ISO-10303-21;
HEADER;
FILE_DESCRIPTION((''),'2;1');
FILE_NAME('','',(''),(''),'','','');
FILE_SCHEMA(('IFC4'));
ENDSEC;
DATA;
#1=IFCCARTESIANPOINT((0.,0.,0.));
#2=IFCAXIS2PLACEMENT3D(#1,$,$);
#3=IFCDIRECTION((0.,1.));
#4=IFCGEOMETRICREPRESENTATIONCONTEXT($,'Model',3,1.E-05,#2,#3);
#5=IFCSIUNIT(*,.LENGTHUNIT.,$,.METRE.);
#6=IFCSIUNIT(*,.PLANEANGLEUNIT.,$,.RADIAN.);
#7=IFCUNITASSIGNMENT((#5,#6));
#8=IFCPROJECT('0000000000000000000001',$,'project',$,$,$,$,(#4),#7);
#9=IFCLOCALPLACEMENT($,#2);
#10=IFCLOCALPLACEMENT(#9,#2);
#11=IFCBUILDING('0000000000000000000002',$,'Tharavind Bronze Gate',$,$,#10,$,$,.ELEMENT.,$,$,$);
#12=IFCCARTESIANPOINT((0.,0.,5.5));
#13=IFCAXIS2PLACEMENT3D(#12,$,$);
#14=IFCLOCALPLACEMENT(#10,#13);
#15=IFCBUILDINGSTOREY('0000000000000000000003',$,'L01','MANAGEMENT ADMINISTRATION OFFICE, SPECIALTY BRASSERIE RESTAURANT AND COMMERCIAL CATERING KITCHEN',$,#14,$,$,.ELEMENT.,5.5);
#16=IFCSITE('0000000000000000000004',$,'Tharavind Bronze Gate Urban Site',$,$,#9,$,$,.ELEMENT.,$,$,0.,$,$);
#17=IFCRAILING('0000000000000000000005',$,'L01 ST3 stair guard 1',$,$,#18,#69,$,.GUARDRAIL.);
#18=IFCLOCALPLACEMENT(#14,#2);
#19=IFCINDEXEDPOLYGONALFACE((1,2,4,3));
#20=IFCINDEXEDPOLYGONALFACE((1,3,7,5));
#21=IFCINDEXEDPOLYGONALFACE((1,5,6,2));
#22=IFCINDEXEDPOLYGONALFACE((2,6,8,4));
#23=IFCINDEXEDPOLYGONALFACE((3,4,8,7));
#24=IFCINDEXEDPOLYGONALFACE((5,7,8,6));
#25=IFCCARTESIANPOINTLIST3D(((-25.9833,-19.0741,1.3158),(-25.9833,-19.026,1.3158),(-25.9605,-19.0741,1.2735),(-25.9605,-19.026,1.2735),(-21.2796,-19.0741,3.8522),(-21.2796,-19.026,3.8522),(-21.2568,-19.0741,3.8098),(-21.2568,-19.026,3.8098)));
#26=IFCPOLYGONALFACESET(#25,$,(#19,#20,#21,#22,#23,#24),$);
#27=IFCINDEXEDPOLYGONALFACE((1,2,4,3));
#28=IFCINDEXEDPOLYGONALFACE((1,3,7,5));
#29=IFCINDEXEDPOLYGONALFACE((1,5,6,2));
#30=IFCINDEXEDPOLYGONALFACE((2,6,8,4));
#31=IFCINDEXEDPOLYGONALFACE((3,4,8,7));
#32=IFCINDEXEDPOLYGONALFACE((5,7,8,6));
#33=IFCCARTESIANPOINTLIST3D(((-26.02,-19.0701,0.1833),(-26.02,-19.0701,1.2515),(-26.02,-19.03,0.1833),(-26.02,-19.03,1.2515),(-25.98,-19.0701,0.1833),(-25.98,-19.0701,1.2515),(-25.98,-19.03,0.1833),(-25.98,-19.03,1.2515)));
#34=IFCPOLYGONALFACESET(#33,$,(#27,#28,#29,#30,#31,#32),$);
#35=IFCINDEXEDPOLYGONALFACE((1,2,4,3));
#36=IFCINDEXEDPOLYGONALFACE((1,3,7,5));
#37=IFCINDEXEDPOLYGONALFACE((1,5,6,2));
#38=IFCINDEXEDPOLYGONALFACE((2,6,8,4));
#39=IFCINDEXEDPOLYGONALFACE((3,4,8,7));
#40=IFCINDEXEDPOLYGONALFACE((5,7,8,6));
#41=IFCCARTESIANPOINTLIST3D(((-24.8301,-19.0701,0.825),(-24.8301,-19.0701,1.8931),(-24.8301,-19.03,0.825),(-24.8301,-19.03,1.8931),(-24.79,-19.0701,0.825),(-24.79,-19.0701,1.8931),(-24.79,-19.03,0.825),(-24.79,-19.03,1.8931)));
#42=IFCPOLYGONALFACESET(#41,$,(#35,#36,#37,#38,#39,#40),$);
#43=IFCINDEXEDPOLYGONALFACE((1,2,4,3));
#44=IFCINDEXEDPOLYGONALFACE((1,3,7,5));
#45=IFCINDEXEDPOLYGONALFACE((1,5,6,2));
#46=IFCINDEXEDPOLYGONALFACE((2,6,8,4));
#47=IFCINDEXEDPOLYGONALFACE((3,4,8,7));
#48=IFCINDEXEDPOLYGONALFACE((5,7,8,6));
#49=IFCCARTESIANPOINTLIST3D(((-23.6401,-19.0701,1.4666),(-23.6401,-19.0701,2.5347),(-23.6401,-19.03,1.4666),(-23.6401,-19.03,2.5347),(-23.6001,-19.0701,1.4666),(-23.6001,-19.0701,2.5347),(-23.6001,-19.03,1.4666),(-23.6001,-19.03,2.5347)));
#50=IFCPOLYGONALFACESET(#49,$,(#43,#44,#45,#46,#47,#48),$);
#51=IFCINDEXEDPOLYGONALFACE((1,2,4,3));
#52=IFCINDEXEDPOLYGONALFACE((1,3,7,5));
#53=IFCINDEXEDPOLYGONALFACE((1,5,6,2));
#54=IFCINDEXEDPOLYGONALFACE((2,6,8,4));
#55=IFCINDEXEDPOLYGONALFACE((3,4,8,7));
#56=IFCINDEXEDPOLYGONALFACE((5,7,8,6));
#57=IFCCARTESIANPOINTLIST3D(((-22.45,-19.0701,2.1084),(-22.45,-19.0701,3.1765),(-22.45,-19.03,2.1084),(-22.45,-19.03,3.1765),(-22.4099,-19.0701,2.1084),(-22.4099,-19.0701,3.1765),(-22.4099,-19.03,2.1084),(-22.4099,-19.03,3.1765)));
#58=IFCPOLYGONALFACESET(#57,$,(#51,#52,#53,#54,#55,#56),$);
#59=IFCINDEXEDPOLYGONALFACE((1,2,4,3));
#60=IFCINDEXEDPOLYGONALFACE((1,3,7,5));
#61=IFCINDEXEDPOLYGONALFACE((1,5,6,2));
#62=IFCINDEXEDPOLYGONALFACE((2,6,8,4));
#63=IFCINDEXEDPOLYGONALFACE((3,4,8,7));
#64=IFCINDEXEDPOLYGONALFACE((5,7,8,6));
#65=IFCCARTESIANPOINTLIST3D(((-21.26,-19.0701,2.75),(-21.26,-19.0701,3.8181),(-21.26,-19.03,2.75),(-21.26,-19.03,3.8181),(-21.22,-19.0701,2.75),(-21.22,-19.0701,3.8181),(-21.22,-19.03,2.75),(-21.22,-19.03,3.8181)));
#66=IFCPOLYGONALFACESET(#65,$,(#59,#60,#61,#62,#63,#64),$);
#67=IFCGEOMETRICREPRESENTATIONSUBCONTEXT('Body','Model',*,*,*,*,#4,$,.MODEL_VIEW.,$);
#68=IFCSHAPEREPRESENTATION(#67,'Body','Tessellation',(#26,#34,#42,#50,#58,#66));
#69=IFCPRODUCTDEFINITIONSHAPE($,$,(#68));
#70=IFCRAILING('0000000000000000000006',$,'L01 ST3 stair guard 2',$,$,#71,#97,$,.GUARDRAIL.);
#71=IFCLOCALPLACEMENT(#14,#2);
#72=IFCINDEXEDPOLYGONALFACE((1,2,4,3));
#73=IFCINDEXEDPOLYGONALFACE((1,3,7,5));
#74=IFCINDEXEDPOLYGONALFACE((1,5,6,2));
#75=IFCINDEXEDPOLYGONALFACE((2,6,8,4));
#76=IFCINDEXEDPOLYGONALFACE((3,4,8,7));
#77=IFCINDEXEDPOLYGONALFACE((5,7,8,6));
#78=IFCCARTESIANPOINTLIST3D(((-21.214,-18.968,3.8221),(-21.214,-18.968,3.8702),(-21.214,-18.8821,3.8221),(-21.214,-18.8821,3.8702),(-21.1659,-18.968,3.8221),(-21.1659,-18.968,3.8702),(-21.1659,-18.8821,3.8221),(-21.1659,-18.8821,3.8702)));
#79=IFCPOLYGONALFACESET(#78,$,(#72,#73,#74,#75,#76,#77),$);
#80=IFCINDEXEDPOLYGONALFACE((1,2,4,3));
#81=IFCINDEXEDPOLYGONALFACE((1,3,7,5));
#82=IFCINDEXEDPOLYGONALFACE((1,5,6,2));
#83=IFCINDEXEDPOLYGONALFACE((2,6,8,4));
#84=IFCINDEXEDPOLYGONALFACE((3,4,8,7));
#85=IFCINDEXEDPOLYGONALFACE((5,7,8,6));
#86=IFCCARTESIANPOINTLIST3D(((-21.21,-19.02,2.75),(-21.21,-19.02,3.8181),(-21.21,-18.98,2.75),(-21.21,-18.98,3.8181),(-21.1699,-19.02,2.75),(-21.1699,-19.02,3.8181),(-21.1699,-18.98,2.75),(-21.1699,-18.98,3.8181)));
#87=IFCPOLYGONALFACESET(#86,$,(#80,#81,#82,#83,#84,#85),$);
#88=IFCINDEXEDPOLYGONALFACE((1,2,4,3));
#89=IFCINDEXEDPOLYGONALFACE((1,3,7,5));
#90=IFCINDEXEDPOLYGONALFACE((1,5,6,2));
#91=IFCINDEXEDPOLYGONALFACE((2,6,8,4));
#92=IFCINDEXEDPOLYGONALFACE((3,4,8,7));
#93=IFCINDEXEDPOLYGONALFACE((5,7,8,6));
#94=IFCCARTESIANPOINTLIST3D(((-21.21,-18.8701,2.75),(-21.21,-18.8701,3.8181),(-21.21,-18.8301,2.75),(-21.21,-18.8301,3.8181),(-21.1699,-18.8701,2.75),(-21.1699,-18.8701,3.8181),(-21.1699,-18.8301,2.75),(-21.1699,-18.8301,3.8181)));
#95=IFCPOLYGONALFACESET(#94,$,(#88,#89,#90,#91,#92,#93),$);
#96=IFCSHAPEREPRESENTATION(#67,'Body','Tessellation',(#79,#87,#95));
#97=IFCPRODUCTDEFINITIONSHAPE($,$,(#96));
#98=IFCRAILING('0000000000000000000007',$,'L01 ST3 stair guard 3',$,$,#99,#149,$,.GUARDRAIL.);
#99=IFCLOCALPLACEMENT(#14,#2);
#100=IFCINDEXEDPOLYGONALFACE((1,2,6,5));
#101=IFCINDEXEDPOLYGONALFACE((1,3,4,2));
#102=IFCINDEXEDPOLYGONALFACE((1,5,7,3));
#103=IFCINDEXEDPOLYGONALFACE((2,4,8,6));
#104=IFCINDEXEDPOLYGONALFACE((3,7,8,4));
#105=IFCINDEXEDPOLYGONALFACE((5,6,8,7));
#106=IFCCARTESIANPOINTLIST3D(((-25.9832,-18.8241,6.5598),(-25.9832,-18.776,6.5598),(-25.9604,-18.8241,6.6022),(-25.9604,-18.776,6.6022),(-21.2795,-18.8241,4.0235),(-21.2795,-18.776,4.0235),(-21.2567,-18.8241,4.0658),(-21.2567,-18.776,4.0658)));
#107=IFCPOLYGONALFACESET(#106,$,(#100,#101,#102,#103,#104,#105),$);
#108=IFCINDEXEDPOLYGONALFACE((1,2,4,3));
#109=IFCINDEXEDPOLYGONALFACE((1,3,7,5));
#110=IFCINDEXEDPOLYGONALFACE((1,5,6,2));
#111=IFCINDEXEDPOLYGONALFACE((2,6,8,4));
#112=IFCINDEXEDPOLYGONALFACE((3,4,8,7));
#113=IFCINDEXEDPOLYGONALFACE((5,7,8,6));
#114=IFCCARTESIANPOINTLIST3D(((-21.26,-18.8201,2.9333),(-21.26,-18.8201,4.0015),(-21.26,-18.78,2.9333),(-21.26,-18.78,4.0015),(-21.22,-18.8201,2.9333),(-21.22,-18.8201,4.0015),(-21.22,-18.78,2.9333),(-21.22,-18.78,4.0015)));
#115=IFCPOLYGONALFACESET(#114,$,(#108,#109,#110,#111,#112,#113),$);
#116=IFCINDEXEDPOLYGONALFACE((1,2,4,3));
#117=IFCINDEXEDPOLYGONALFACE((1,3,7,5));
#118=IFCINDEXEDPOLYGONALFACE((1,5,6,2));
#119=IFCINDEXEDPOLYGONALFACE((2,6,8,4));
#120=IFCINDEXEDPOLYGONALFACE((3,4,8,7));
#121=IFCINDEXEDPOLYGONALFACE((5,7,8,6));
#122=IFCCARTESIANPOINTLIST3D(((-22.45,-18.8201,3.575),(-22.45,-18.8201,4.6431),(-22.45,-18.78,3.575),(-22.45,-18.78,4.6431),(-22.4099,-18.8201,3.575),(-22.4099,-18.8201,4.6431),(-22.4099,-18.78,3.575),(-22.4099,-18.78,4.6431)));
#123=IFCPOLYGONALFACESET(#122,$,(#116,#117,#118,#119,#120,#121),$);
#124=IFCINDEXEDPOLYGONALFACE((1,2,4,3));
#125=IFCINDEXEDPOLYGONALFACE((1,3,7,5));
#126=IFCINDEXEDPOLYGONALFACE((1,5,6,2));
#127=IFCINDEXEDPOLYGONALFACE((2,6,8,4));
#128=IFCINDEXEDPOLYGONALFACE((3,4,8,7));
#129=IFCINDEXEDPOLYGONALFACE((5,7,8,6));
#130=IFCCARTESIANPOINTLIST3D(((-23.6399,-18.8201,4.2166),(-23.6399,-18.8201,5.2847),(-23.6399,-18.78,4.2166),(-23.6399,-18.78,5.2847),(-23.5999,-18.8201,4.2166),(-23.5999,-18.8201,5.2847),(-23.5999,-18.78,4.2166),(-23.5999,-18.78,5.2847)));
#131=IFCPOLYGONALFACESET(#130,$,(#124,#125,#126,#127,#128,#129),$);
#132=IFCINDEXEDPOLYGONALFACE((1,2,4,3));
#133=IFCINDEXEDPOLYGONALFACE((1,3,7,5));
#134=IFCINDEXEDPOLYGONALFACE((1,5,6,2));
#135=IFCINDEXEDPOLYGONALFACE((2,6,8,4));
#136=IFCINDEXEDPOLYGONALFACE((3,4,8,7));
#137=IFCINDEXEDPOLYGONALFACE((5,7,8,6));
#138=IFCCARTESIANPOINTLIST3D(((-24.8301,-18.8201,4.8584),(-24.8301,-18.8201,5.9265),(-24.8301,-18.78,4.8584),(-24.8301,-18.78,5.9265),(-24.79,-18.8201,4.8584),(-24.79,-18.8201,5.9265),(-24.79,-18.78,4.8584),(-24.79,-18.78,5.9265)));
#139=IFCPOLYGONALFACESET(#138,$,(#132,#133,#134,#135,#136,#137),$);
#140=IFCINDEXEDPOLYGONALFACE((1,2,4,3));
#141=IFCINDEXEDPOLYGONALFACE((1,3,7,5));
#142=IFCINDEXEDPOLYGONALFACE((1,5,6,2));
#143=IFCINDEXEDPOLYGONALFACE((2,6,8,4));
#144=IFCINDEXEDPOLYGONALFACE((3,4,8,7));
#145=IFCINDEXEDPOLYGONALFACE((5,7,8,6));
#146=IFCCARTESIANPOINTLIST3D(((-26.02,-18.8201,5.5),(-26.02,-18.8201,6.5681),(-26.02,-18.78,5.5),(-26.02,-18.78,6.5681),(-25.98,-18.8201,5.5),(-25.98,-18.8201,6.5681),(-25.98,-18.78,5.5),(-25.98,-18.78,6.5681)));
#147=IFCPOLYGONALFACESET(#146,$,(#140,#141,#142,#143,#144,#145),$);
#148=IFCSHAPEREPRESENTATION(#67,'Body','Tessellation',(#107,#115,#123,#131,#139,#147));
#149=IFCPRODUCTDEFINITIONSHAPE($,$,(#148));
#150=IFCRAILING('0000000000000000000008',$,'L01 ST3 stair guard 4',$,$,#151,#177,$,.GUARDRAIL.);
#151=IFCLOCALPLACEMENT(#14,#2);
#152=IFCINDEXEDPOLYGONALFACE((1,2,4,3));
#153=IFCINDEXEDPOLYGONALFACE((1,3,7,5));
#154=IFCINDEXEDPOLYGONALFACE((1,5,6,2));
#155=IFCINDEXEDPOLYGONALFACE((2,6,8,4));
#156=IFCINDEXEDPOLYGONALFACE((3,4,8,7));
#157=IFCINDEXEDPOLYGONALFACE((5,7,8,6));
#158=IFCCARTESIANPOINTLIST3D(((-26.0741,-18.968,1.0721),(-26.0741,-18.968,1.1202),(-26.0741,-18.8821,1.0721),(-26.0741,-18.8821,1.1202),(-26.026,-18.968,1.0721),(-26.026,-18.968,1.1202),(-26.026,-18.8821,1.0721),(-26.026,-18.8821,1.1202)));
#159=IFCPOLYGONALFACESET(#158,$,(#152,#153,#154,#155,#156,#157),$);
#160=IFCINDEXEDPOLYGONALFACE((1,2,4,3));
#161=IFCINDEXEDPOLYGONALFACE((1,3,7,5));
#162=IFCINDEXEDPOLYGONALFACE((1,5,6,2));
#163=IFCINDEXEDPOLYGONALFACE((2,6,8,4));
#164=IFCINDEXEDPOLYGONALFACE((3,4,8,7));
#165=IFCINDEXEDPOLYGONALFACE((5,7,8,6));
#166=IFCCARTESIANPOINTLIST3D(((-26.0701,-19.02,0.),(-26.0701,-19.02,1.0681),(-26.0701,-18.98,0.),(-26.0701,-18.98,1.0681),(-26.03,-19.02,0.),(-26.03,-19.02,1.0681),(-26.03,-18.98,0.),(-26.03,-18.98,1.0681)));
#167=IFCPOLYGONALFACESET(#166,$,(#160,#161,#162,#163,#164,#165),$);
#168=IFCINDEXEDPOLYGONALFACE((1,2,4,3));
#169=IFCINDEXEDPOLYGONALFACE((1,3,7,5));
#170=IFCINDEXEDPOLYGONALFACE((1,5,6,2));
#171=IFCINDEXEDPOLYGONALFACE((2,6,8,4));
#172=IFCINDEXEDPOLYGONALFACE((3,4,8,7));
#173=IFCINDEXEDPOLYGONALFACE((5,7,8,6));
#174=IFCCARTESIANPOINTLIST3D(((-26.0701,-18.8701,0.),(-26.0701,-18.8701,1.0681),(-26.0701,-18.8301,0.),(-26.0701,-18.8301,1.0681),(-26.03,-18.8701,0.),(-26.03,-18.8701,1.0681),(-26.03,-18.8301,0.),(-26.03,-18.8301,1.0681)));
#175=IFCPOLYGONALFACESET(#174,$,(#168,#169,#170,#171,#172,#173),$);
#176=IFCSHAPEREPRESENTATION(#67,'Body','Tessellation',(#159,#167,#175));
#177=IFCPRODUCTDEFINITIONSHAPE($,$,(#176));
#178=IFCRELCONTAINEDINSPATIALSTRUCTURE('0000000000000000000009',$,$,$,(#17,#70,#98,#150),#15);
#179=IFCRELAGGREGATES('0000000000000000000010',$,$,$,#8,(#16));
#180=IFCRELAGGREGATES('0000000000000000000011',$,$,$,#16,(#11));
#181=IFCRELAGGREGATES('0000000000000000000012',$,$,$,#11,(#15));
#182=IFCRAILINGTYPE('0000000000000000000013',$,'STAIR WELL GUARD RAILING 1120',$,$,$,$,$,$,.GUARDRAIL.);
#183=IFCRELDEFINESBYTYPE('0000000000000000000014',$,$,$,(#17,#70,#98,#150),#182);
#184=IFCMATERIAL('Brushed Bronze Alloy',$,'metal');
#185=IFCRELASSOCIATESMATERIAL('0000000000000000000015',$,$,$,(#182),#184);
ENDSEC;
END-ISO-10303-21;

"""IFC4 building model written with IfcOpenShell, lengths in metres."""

from ifc_helpers import new_model, si_unit, direction, frame, origin, origin_2d, place, context, subcontext, project, spatial, rectangle, extrude, material, type_object, element, save


model = new_model("IFC4")

# Units and contexts
model_context = context("Model", 3, precision=1e-05, world=origin(), true_north=direction((0.0, 1.0)))
body_context = subcontext(model_context, "Body", "Model", "MODEL_VIEW")
ifc_project = project(units=[si_unit("LENGTHUNIT", "METRE"), si_unit("PLANEANGLEUNIT", "RADIAN")], contexts=[model_context])

# Site, building, storey
site_placement = place(None, origin())
site = spatial("IfcSite", under=ifc_project, at=site_placement, Name="Tharavind Bronze Gate Urban Site", CompositionType="ELEMENT", RefElevation=0.0)
building_placement = place(site_placement, origin())
building = spatial("IfcBuilding", under=site, at=building_placement, Name="Tharavind Bronze Gate", CompositionType="ELEMENT")
storey_placement = place(building_placement, frame((0.0, 0.0, 5.5)))
storey = spatial("IfcBuildingStorey", under=building, at=storey_placement, Name="L01", Description="MANAGEMENT ADMINISTRATION OFFICE, SPECIALTY BRASSERIE RESTAURANT AND COMMERCIAL CATERING KITCHEN", CompositionType="ELEMENT", Elevation=5.5)

# Railings
ifc_material_1 = material(Name="Brushed Bronze Alloy", Category="metal")
railing_type_1 = type_object("IfcRailingType", Name="STAIR WELL GUARD RAILING 1120", PredefinedType="GUARDRAIL", material=ifc_material_1)
railing_1_placement = place(storey_placement, frame((-26.0, -19.05, 0.1833)))
element("IfcRailing", 1, at=railing_1_placement, inside=storey, type_object=railing_type_1, Name="L01 ST3 stair guard 1", PredefinedType="GUARDRAIL", context=body_context, shape_type="SweptSolid", body=[
    extrude(rectangle(XDim=0.0481, YDim=0.0481, at=origin_2d()), frame((0.0281, 0.0, 1.1113), z_axis=(0.880196, 0.0, 0.474611), x_axis=(0.0, 1.0, 0.0)), (0.0, 0.0, 1.0), 5.344),
    extrude(rectangle(XDim=0.04, YDim=0.04, at=origin_2d()), origin(), (0.0, 0.0, 1.0), 1.0681),
    extrude(rectangle(XDim=0.04, YDim=0.04, at=origin_2d()), frame((1.1899, 0.0, 0.6416)), (0.0, 0.0, 1.0), 1.0681),
    extrude(rectangle(XDim=0.04, YDim=0.04, at=origin_2d()), frame((2.3799, 0.0, 1.2832)), (0.0, 0.0, 1.0), 1.0681),
    extrude(rectangle(XDim=0.04, YDim=0.04, at=origin_2d()), frame((3.5701, 0.0, 1.925)), (0.0, 0.0, 1.0), 1.0681),
    extrude(rectangle(XDim=0.04, YDim=0.04, at=origin_2d()), frame((4.76, 0.0, 2.5667)), (0.0, 0.0, 1.0), 1.0681),
])
railing_2_placement = place(storey_placement, frame((-21.1899, -19.0, 2.75)))
element("IfcRailing", 2, at=railing_2_placement, inside=storey, type_object=railing_type_1, Name="L01 ST3 stair guard 2", PredefinedType="GUARDRAIL", context=body_context, shape_type="SweptSolid", body=[
    extrude(rectangle(XDim=0.0481, YDim=0.0481, at=origin_2d()), frame((0.0, 0.032, 1.0962), z_axis=(0.0, 1.0, 0.0), x_axis=(-1.0, 0.0, 0.0)), (0.0, 0.0, 1.0), 0.0859),
    extrude(rectangle(XDim=0.04, YDim=0.04, at=origin_2d()), origin(), (0.0, 0.0, 1.0), 1.0681),
    extrude(rectangle(XDim=0.04, YDim=0.04, at=origin_2d()), frame((0.0, 0.1499, 0.0)), (0.0, 0.0, 1.0), 1.0681),
])
railing_3_placement = place(storey_placement, frame((-21.24, -18.8, 2.9333)))
element("IfcRailing", 3, at=railing_3_placement, inside=storey, type_object=railing_type_1, Name="L01 ST3 stair guard 3", PredefinedType="GUARDRAIL", context=body_context, shape_type="SweptSolid", body=[
    extrude(rectangle(XDim=0.0481, YDim=0.0481, at=origin_2d()), frame((-0.0281, 0.0, 1.1113), z_axis=(-0.880196, 0.0, 0.474611), x_axis=(0.0, -1.0, 0.0)), (0.0, 0.0, 1.0), 5.344),
    extrude(rectangle(XDim=0.04, YDim=0.04, at=origin_2d()), origin(), (0.0, 0.0, 1.0), 1.0681),
    extrude(rectangle(XDim=0.04, YDim=0.04, at=origin_2d()), frame((-1.1899, 0.0, 0.6416)), (0.0, 0.0, 1.0), 1.0681),
    extrude(rectangle(XDim=0.04, YDim=0.04, at=origin_2d()), frame((-2.3799, 0.0, 1.2832)), (0.0, 0.0, 1.0), 1.0681),
    extrude(rectangle(XDim=0.04, YDim=0.04, at=origin_2d()), frame((-3.5701, 0.0, 1.925)), (0.0, 0.0, 1.0), 1.0681),
    extrude(rectangle(XDim=0.04, YDim=0.04, at=origin_2d()), frame((-4.76, 0.0, 2.5667)), (0.0, 0.0, 1.0), 1.0681),
])
railing_4_placement = place(storey_placement, frame((-26.05, -19.0, 0.0)))
element("IfcRailing", 4, at=railing_4_placement, inside=storey, type_object=railing_type_1, Name="L01 ST3 stair guard 4", PredefinedType="GUARDRAIL", context=body_context, shape_type="SweptSolid", body=[
    extrude(rectangle(XDim=0.0481, YDim=0.0481, at=origin_2d()), frame((0.0, 0.032, 1.0962), z_axis=(0.0, 1.0, 0.0), x_axis=(-1.0, 0.0, 0.0)), (0.0, 0.0, 1.0), 0.0859),
    extrude(rectangle(XDim=0.04, YDim=0.04, at=origin_2d()), origin(), (0.0, 0.0, 1.0), 1.0681),
    extrude(rectangle(XDim=0.04, YDim=0.04, at=origin_2d()), frame((0.0, 0.1499, 0.0)), (0.0, 0.0, 1.0), 1.0681),
])

save(model, "model.ifc")
